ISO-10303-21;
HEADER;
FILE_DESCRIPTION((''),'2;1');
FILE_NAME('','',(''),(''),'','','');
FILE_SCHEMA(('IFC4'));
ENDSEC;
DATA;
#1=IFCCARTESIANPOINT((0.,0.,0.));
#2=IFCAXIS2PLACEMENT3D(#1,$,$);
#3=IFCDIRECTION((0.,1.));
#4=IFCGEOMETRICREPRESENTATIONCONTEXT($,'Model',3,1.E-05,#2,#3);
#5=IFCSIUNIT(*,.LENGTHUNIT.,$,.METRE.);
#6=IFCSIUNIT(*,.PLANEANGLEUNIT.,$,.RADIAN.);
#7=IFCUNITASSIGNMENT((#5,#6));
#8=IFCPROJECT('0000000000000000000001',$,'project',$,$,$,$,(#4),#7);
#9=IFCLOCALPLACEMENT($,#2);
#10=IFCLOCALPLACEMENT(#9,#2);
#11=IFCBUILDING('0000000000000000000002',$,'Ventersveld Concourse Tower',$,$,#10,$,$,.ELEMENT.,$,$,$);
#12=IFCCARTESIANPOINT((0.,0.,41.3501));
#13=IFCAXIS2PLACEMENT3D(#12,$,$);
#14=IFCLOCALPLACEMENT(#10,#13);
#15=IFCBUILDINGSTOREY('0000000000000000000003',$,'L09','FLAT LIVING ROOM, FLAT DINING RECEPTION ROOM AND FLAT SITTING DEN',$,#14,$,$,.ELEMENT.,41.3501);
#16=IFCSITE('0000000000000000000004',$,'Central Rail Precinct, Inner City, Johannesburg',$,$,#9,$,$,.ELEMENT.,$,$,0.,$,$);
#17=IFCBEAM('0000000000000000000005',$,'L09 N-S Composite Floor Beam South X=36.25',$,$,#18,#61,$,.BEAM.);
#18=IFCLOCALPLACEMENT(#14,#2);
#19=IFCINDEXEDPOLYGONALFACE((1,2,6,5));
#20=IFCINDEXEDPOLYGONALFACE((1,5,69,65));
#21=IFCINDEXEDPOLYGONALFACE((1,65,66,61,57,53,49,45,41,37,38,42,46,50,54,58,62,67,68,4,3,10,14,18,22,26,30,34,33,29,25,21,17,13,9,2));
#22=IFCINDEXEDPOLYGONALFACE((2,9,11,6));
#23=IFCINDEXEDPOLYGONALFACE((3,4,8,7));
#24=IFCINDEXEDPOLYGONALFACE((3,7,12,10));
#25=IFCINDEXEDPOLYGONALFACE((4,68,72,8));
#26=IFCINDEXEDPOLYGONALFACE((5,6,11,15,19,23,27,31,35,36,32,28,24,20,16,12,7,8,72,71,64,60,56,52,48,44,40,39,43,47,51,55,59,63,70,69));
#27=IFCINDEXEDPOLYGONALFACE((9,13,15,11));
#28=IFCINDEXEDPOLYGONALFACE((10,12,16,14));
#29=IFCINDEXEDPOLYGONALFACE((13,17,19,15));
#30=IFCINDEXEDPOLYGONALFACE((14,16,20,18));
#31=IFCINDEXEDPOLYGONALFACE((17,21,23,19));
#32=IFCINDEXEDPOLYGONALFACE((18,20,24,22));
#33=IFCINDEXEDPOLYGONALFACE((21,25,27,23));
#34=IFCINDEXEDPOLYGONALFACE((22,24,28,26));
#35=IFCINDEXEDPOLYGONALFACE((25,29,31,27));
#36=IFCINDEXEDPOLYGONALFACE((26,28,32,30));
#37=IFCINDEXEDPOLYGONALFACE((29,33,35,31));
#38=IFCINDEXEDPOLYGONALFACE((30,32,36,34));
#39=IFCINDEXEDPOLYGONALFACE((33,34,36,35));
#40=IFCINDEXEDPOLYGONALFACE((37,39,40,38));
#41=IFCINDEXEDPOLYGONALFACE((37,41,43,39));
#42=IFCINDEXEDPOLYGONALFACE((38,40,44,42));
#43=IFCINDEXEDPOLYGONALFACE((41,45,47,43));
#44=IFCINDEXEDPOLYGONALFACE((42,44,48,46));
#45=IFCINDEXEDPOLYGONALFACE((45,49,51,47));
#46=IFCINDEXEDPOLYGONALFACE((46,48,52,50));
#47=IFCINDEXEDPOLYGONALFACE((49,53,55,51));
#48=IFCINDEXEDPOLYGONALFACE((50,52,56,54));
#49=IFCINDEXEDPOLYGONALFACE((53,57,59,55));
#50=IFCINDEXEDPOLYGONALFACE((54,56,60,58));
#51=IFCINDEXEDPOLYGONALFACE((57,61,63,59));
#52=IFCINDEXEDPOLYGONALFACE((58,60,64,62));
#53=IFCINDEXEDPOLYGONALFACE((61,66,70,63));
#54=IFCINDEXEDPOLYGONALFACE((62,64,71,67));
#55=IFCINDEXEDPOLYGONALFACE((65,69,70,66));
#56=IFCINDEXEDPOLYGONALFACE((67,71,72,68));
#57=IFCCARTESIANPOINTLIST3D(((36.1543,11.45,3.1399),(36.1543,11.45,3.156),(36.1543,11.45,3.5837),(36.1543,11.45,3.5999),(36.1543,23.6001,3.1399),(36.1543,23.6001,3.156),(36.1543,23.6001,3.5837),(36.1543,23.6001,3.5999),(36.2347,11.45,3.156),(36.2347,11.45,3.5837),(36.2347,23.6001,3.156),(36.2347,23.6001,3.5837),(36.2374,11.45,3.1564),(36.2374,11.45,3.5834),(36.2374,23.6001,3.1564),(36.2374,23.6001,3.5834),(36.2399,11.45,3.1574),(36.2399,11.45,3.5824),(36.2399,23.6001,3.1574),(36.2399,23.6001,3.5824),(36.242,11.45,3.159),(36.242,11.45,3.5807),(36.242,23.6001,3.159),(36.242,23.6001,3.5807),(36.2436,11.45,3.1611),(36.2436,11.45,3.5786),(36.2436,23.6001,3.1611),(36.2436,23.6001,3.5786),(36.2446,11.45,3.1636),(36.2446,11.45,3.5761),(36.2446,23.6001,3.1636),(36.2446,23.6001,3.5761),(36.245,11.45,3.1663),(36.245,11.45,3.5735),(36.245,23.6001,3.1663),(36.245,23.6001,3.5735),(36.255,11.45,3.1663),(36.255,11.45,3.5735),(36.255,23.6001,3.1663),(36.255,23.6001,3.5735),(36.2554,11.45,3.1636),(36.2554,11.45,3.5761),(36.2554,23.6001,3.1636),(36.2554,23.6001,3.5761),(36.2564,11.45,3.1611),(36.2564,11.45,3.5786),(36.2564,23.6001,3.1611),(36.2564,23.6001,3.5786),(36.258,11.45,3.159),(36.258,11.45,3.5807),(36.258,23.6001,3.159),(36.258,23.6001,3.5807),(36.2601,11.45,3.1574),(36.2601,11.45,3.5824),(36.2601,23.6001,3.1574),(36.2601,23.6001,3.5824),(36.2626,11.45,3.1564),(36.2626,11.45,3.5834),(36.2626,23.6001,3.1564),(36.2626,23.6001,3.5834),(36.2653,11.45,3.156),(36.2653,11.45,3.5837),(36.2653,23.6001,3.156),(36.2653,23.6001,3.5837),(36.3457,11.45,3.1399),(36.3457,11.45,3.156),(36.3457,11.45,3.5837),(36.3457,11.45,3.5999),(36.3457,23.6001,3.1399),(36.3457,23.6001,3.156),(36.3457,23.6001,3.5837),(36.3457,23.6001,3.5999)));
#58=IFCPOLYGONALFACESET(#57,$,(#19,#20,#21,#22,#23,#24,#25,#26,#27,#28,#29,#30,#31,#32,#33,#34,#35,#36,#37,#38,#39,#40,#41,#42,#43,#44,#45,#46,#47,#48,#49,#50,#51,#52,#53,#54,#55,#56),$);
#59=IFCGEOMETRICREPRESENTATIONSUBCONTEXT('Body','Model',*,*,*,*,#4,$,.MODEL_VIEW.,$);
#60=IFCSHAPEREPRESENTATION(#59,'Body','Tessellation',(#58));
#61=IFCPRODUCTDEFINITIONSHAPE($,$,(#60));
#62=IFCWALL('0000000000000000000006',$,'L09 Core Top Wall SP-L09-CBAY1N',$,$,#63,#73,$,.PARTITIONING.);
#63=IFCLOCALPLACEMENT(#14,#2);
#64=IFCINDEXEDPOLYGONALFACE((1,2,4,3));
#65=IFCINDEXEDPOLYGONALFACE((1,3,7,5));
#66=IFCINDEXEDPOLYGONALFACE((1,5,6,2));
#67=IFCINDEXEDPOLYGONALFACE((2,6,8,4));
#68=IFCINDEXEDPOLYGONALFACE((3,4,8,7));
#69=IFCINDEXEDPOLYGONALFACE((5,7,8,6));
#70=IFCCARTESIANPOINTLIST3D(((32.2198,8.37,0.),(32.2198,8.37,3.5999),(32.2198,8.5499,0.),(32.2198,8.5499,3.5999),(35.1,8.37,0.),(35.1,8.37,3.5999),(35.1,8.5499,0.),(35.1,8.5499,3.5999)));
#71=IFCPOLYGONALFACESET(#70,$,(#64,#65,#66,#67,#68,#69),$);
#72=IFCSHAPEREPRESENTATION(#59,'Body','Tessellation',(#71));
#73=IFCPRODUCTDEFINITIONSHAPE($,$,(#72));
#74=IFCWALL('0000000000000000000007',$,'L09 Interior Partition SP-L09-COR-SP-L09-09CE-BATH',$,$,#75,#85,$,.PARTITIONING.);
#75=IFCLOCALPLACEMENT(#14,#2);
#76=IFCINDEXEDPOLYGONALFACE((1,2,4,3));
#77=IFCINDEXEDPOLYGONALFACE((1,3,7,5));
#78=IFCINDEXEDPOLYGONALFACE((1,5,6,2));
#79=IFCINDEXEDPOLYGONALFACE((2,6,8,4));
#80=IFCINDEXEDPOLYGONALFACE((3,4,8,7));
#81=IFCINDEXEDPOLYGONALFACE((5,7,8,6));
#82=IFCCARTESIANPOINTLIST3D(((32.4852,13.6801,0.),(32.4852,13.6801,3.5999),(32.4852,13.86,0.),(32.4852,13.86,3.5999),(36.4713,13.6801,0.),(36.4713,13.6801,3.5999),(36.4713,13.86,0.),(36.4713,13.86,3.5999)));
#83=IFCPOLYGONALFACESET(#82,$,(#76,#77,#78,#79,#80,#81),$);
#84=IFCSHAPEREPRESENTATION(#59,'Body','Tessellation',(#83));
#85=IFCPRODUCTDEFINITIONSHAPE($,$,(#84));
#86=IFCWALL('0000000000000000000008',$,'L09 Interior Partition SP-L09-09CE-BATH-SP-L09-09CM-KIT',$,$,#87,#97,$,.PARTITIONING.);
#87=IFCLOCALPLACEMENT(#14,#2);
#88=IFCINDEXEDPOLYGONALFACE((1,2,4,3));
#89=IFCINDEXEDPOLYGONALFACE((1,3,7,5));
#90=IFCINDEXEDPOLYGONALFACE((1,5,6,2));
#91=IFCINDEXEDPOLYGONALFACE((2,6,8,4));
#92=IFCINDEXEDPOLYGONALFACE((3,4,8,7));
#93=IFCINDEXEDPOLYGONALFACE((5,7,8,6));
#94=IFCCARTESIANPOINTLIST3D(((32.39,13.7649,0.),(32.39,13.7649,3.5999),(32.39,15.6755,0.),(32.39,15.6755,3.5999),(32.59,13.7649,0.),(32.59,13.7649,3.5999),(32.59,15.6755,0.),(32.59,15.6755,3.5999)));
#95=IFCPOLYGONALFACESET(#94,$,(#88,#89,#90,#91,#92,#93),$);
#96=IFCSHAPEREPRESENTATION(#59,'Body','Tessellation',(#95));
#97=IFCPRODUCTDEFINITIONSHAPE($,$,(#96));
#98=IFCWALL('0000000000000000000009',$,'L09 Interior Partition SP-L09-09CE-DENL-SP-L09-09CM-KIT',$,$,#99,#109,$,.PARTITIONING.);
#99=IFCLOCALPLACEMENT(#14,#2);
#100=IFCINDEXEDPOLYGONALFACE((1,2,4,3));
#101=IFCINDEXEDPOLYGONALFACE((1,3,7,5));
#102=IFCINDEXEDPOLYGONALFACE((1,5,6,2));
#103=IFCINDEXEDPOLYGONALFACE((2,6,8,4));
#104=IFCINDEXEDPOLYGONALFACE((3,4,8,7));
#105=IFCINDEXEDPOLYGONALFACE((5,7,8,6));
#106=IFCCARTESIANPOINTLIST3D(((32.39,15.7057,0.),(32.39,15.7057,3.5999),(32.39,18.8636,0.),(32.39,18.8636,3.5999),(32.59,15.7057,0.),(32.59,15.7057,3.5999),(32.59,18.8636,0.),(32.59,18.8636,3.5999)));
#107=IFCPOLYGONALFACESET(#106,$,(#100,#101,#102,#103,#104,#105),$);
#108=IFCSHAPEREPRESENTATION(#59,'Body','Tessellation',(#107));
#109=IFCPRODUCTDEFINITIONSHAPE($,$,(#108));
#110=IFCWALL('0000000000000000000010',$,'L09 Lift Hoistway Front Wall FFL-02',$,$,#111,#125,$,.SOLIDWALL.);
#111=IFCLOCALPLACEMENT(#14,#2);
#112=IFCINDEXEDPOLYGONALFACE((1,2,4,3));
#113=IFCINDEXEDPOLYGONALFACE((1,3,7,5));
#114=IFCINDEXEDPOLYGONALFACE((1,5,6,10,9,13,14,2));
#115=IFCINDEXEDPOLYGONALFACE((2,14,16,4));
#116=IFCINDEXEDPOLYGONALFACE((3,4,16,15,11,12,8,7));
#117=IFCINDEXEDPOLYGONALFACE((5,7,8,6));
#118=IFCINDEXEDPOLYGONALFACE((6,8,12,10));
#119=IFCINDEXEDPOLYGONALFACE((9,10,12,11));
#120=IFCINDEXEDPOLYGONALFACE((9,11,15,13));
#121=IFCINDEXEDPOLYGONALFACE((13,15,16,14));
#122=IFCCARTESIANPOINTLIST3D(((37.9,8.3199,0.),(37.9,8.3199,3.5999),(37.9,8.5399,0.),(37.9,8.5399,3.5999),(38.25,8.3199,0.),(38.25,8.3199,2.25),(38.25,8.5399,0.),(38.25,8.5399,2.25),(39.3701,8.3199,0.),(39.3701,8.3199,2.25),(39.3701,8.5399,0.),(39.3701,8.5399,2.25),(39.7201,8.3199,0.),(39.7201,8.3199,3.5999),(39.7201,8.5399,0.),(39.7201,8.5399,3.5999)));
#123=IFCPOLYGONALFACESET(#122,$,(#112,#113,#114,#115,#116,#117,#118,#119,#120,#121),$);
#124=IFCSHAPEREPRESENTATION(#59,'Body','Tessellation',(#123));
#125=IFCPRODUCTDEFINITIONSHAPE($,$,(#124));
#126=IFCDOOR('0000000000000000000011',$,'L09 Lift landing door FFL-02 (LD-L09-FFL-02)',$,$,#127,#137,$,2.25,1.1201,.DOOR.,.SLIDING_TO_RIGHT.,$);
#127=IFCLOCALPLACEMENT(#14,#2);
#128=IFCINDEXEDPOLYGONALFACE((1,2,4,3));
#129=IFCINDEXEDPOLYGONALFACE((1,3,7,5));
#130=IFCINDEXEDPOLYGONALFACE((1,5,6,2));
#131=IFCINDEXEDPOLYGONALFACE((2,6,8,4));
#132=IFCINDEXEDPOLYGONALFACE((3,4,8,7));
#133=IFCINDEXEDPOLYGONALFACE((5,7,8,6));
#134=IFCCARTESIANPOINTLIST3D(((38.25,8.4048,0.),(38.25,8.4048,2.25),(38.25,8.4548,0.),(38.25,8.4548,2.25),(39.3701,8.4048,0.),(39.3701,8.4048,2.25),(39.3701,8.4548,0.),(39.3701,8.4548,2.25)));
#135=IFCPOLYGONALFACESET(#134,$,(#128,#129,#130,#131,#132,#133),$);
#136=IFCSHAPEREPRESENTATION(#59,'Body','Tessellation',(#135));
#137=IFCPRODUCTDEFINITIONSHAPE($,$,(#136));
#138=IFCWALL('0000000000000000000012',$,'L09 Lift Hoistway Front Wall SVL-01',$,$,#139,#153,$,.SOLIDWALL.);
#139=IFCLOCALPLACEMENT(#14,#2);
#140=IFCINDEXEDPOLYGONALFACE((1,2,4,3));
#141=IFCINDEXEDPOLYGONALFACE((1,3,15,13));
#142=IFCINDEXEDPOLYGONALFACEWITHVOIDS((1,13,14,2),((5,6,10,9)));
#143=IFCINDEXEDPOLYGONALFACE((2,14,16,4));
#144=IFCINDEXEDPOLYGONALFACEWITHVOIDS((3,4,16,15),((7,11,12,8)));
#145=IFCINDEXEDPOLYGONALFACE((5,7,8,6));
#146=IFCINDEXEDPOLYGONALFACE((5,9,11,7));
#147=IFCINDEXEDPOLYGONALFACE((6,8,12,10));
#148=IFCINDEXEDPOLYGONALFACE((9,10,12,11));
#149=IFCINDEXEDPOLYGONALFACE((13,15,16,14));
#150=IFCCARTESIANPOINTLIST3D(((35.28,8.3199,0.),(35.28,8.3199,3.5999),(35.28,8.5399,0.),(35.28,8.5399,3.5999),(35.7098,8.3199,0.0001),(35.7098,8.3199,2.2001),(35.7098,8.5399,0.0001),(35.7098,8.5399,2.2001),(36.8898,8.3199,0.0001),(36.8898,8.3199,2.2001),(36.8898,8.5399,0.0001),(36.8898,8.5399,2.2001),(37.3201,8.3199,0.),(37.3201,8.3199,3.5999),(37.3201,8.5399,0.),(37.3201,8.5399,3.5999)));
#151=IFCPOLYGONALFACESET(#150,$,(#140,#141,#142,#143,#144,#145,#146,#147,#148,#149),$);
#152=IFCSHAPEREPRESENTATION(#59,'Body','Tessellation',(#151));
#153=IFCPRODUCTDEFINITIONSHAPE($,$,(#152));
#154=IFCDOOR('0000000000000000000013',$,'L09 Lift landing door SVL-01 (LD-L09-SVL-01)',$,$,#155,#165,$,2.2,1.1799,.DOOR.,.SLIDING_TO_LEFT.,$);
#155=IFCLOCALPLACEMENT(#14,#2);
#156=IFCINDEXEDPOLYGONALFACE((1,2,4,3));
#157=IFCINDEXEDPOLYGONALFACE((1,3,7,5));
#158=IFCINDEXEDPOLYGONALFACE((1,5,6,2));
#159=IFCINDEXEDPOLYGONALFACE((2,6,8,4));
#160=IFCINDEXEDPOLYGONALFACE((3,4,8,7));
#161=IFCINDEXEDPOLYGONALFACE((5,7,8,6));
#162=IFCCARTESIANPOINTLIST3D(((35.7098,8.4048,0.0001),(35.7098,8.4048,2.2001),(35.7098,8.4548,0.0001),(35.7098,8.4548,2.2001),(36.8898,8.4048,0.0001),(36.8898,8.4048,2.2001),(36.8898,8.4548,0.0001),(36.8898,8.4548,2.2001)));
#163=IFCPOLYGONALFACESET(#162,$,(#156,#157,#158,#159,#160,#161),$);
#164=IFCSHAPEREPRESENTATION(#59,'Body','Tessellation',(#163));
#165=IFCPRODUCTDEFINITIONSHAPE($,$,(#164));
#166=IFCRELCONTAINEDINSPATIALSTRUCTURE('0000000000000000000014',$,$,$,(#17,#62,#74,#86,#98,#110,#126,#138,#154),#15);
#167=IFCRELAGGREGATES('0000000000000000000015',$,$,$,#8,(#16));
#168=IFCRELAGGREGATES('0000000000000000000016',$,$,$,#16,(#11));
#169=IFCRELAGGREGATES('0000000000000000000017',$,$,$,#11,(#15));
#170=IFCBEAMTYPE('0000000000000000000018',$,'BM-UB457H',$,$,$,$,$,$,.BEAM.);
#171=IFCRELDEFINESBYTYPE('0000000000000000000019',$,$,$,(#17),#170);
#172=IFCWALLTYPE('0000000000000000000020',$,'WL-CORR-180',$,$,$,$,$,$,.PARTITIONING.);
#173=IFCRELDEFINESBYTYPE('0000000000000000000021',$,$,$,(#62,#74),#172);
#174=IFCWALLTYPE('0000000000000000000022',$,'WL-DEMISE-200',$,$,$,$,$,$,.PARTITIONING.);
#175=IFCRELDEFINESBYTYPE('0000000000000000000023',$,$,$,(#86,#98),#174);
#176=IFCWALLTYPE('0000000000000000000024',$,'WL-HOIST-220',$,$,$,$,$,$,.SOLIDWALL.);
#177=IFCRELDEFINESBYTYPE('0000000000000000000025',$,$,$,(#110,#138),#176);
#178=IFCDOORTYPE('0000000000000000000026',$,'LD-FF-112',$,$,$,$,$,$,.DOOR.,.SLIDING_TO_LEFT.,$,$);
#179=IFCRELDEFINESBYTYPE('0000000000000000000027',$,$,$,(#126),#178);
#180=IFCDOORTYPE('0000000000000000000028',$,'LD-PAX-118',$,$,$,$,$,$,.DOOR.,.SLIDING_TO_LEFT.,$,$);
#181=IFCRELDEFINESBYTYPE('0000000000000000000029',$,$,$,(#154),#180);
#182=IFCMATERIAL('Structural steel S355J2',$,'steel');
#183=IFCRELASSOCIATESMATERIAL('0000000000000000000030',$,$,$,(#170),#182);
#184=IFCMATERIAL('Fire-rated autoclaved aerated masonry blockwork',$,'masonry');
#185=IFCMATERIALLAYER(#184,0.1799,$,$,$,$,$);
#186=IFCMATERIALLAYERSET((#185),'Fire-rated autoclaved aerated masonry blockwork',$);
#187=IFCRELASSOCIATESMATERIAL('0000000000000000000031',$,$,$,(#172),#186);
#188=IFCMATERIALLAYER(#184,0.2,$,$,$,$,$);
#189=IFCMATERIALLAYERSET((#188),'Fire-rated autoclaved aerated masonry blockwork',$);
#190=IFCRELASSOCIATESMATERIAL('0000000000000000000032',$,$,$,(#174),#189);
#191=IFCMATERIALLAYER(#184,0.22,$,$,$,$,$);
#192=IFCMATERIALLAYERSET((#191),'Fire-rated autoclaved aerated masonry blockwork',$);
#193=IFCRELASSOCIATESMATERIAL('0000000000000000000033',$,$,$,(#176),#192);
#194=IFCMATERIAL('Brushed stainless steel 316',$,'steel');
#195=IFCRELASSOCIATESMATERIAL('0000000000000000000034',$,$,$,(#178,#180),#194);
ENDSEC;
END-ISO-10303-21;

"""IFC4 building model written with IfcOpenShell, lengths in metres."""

from ifc_helpers import new_model, si_unit, direction, frame, frame_2d, origin, origin_2d, place, context, subcontext, project, spatial, rectangle, i_section, extrude, material, layer, layer_set, material_profile, profile_set, type_object, element, fill, save


model = new_model("IFC4")

# Units and contexts
model_context = context("Model", 3, precision=1e-05, world=origin(), true_north=direction((0.0, 1.0)))
body_context = subcontext(model_context, "Body", "Model", "MODEL_VIEW")
ifc_project = project(units=[si_unit("LENGTHUNIT", "METRE"), si_unit("PLANEANGLEUNIT", "RADIAN")], contexts=[model_context])

# Site, building, storey
site_placement = place(None, origin())
site = spatial("IfcSite", under=ifc_project, at=site_placement, Name="Central Rail Precinct, Inner City, Johannesburg", CompositionType="ELEMENT", RefElevation=0.0)
building_placement = place(site_placement, origin())
building = spatial("IfcBuilding", under=site, at=building_placement, Name="Ventersveld Concourse Tower", CompositionType="ELEMENT")
storey_placement = place(building_placement, frame((0.0, 0.0, 41.3501)))
storey = spatial("IfcBuildingStorey", under=building, at=storey_placement, Name="L09", Description="FLAT LIVING ROOM, FLAT DINING RECEPTION ROOM AND FLAT SITTING DEN", CompositionType="ELEMENT", Elevation=41.3501)

# Beam
ifc_material_1 = material(Name="Structural steel S355J2", Category="steel")
ifc_material_profile = material_profile(ifc_material_1, i_section(OverallWidth=0.1914, OverallDepth=0.46, WebThickness=0.01, FlangeThickness=0.0161, FilletRadius=0.0103, at=origin_2d()), Name="UB 457x191x82")
ifc_profile_set = profile_set([ifc_material_profile], Name="Structural steel S355J2")
beam_type = type_object("IfcBeamType", Name="BM-UB457H", PredefinedType="BEAM", material=ifc_profile_set)
beam_placement = place(storey_placement, frame((36.25, 11.45, 3.3699), z_axis=(0.0, 1.0, 0.0), x_axis=(-1.0, 0.0, 0.0)))
element("IfcBeam", 1, at=beam_placement, inside=storey, type_object=beam_type, Name="L09 N-S Composite Floor Beam South X=36.25", PredefinedType="BEAM", context=body_context, shape_type="SweptSolid", body=[
    extrude(i_section(OverallWidth=0.1914, OverallDepth=0.46, WebThickness=0.01, FlangeThickness=0.0161, FilletRadius=0.0103, at=origin_2d()), origin(), (0.0, 0.0, 1.0), 12.1501),
])

# Wall
ifc_material_2 = material(Name="Fire-rated autoclaved aerated masonry blockwork", Category="masonry")
ifc_layer_1 = layer(ifc_material_2, 0.1799)
ifc_layer_set_1 = layer_set([ifc_layer_1], Name="Fire-rated autoclaved aerated masonry blockwork")
wall_type_1 = type_object("IfcWallType", Name="WL-CORR-180", PredefinedType="PARTITIONING", material=ifc_layer_set_1)
wall_1_placement = place(storey_placement, frame((32.22, 8.46, 0.0), z_axis=(0.0, 0.0, 1.0), x_axis=(1.0, 0.0, 0.0)))
element("IfcWall", 2, at=wall_1_placement, inside=storey, type_object=wall_type_1, Name="L09 Core Top Wall SP-L09-CBAY1N", PredefinedType="PARTITIONING", context=body_context, shape_type="SweptSolid", body=[
    extrude(rectangle(XDim=2.8801, YDim=0.1799, at=frame_2d((1.4399, 0.0))), origin(), (0.0, 0.0, 1.0), 3.5999),
])

# Walls
wall_2_placement = place(storey_placement, frame((32.4851, 13.77, 0.0), z_axis=(0.0, 0.0, 1.0), x_axis=(1.0, 0.0, 0.0)))
element("IfcWall", 3, at=wall_2_placement, inside=storey, type_object=wall_type_1, Name="L09 Interior Partition SP-L09-COR-SP-L09-09CE-BATH", PredefinedType="PARTITIONING", context=body_context, shape_type="SweptSolid", body=[
    extrude(rectangle(XDim=3.9861, YDim=0.1799, at=frame_2d((1.9932, 0.0))), origin(), (0.0, 0.0, 1.0), 3.5999),
])
ifc_layer_2 = layer(ifc_material_2, 0.2)
ifc_layer_set_2 = layer_set([ifc_layer_2], Name="Fire-rated autoclaved aerated masonry blockwork")
wall_type_2 = type_object("IfcWallType", Name="WL-DEMISE-200", PredefinedType="PARTITIONING", material=ifc_layer_set_2)
wall_3_placement = place(storey_placement, frame((32.49, 13.7649, 0.0), z_axis=(0.0, 0.0, 1.0), x_axis=(0.0, 1.0, 0.0)))
element("IfcWall", 4, at=wall_3_placement, inside=storey, type_object=wall_type_2, Name="L09 Interior Partition SP-L09-09CE-BATH-SP-L09-09CM-KIT", PredefinedType="PARTITIONING", context=body_context, shape_type="SweptSolid", body=[
    extrude(rectangle(XDim=1.9106, YDim=0.2, at=frame_2d((0.9553, 0.0))), origin(), (0.0, 0.0, 1.0), 3.5999),
])
wall_4_placement = place(storey_placement, frame((32.49, 15.7056, 0.0), z_axis=(0.0, 0.0, 1.0), x_axis=(0.0, 1.0, 0.0)))
element("IfcWall", 5, at=wall_4_placement, inside=storey, type_object=wall_type_2, Name="L09 Interior Partition SP-L09-09CE-DENL-SP-L09-09CM-KIT", PredefinedType="PARTITIONING", context=body_context, shape_type="SweptSolid", body=[
    extrude(rectangle(XDim=3.158, YDim=0.2, at=frame_2d((1.5791, 0.0))), origin(), (0.0, 0.0, 1.0), 3.5999),
])

# Walls, openings, doors
ifc_layer_3 = layer(ifc_material_2, 0.22)
ifc_layer_set_3 = layer_set([ifc_layer_3], Name="Fire-rated autoclaved aerated masonry blockwork")
wall_type_3 = type_object("IfcWallType", Name="WL-HOIST-220", PredefinedType="SOLIDWALL", material=ifc_layer_set_3)
wall_5_placement = place(storey_placement, frame((37.8999, 8.4299, 0.0), z_axis=(0.0, 0.0, 1.0), x_axis=(1.0, 0.0, 0.0)))
wall_5 = element("IfcWall", 6, at=wall_5_placement, inside=storey, type_object=wall_type_3, Name="L09 Lift Hoistway Front Wall FFL-02", PredefinedType="SOLIDWALL", context=body_context, shape_type="SweptSolid", body=[
    extrude(rectangle(XDim=1.8201, YDim=0.22, at=frame_2d((0.9102, 0.0))), origin(), (0.0, 0.0, 1.0), 3.5999),
])
opening_1_placement = place(wall_5_placement, frame((0.3501, 0.0, 0.0)))
opening_1 = element("IfcOpeningElement", 7, at=opening_1_placement, cuts=wall_5, PredefinedType="OPENING", context=body_context, shape_type="SweptSolid", body=[
    extrude(rectangle(XDim=1.1201, YDim=2.25, at=frame_2d((0.5601, 1.125))), frame((0.0, 0.1201, 0.0), z_axis=(0.0, -1.0, 0.0), x_axis=(1.0, 0.0, 0.0)), (0.0, 0.0, 1.0), 0.24),
])
ifc_material_3 = material(Name="Brushed stainless steel 316", Category="steel")
door_type_1 = type_object("IfcDoorType", Name="LD-FF-112", OperationType="SLIDING_TO_LEFT", PredefinedType="DOOR", material=ifc_material_3)
door_1_placement = place(opening_1_placement, origin())
door_1 = element("IfcDoor", 8, at=door_1_placement, inside=storey, type_object=door_type_1, Name="L09 Lift landing door FFL-02 (LD-L09-FFL-02)", OperationType="SLIDING_TO_RIGHT", OverallHeight=2.25, OverallWidth=1.1201, PredefinedType="DOOR", context=body_context, shape_type="SweptSolid", body=[
    extrude(rectangle(XDim=1.1201, YDim=2.25, at=frame_2d((0.5601, 1.125))), frame((0.0, 0.0249, 0.0), z_axis=(0.0, -1.0, 0.0), x_axis=(1.0, 0.0, 0.0)), (0.0, 0.0, 1.0), 0.05),
])
fill(opening_1, door_1)
wall_6_placement = place(storey_placement, frame((35.28, 8.4299, 0.0), z_axis=(0.0, 0.0, 1.0), x_axis=(1.0, 0.0, 0.0)))
wall_6 = element("IfcWall", 9, at=wall_6_placement, inside=storey, type_object=wall_type_3, Name="L09 Lift Hoistway Front Wall SVL-01", PredefinedType="SOLIDWALL", context=body_context, shape_type="SweptSolid", body=[
    extrude(rectangle(XDim=2.04, YDim=0.22, at=frame_2d((1.02, 0.0))), origin(), (0.0, 0.0, 1.0), 3.5999),
])
opening_2_placement = place(wall_6_placement, frame((0.4299, 0.0, 0.0)))
opening_2 = element("IfcOpeningElement", 10, at=opening_2_placement, cuts=wall_6, PredefinedType="OPENING", context=body_context, shape_type="SweptSolid", body=[
    extrude(rectangle(XDim=1.1799, YDim=2.2, at=frame_2d((0.5898, 1.1001))), frame((0.0, 0.1201, 0.0), z_axis=(0.0, -1.0, 0.0), x_axis=(1.0, 0.0, 0.0)), (0.0, 0.0, 1.0), 0.24),
])
door_type_2 = type_object("IfcDoorType", Name="LD-PAX-118", OperationType="SLIDING_TO_LEFT", PredefinedType="DOOR", material=ifc_material_3)
door_2_placement = place(opening_2_placement, origin())
door_2 = element("IfcDoor", 11, at=door_2_placement, inside=storey, type_object=door_type_2, Name="L09 Lift landing door SVL-01 (LD-L09-SVL-01)", OperationType="SLIDING_TO_LEFT", OverallHeight=2.2, OverallWidth=1.1799, PredefinedType="DOOR", context=body_context, shape_type="SweptSolid", body=[
    extrude(rectangle(XDim=1.1799, YDim=2.2, at=frame_2d((0.5898, 1.1001))), frame((0.0, 0.0249, 0.0), z_axis=(0.0, -1.0, 0.0), x_axis=(1.0, 0.0, 0.0)), (0.0, 0.0, 1.0), 0.05),
])
fill(opening_2, door_2)

save(model, "model.ifc")
